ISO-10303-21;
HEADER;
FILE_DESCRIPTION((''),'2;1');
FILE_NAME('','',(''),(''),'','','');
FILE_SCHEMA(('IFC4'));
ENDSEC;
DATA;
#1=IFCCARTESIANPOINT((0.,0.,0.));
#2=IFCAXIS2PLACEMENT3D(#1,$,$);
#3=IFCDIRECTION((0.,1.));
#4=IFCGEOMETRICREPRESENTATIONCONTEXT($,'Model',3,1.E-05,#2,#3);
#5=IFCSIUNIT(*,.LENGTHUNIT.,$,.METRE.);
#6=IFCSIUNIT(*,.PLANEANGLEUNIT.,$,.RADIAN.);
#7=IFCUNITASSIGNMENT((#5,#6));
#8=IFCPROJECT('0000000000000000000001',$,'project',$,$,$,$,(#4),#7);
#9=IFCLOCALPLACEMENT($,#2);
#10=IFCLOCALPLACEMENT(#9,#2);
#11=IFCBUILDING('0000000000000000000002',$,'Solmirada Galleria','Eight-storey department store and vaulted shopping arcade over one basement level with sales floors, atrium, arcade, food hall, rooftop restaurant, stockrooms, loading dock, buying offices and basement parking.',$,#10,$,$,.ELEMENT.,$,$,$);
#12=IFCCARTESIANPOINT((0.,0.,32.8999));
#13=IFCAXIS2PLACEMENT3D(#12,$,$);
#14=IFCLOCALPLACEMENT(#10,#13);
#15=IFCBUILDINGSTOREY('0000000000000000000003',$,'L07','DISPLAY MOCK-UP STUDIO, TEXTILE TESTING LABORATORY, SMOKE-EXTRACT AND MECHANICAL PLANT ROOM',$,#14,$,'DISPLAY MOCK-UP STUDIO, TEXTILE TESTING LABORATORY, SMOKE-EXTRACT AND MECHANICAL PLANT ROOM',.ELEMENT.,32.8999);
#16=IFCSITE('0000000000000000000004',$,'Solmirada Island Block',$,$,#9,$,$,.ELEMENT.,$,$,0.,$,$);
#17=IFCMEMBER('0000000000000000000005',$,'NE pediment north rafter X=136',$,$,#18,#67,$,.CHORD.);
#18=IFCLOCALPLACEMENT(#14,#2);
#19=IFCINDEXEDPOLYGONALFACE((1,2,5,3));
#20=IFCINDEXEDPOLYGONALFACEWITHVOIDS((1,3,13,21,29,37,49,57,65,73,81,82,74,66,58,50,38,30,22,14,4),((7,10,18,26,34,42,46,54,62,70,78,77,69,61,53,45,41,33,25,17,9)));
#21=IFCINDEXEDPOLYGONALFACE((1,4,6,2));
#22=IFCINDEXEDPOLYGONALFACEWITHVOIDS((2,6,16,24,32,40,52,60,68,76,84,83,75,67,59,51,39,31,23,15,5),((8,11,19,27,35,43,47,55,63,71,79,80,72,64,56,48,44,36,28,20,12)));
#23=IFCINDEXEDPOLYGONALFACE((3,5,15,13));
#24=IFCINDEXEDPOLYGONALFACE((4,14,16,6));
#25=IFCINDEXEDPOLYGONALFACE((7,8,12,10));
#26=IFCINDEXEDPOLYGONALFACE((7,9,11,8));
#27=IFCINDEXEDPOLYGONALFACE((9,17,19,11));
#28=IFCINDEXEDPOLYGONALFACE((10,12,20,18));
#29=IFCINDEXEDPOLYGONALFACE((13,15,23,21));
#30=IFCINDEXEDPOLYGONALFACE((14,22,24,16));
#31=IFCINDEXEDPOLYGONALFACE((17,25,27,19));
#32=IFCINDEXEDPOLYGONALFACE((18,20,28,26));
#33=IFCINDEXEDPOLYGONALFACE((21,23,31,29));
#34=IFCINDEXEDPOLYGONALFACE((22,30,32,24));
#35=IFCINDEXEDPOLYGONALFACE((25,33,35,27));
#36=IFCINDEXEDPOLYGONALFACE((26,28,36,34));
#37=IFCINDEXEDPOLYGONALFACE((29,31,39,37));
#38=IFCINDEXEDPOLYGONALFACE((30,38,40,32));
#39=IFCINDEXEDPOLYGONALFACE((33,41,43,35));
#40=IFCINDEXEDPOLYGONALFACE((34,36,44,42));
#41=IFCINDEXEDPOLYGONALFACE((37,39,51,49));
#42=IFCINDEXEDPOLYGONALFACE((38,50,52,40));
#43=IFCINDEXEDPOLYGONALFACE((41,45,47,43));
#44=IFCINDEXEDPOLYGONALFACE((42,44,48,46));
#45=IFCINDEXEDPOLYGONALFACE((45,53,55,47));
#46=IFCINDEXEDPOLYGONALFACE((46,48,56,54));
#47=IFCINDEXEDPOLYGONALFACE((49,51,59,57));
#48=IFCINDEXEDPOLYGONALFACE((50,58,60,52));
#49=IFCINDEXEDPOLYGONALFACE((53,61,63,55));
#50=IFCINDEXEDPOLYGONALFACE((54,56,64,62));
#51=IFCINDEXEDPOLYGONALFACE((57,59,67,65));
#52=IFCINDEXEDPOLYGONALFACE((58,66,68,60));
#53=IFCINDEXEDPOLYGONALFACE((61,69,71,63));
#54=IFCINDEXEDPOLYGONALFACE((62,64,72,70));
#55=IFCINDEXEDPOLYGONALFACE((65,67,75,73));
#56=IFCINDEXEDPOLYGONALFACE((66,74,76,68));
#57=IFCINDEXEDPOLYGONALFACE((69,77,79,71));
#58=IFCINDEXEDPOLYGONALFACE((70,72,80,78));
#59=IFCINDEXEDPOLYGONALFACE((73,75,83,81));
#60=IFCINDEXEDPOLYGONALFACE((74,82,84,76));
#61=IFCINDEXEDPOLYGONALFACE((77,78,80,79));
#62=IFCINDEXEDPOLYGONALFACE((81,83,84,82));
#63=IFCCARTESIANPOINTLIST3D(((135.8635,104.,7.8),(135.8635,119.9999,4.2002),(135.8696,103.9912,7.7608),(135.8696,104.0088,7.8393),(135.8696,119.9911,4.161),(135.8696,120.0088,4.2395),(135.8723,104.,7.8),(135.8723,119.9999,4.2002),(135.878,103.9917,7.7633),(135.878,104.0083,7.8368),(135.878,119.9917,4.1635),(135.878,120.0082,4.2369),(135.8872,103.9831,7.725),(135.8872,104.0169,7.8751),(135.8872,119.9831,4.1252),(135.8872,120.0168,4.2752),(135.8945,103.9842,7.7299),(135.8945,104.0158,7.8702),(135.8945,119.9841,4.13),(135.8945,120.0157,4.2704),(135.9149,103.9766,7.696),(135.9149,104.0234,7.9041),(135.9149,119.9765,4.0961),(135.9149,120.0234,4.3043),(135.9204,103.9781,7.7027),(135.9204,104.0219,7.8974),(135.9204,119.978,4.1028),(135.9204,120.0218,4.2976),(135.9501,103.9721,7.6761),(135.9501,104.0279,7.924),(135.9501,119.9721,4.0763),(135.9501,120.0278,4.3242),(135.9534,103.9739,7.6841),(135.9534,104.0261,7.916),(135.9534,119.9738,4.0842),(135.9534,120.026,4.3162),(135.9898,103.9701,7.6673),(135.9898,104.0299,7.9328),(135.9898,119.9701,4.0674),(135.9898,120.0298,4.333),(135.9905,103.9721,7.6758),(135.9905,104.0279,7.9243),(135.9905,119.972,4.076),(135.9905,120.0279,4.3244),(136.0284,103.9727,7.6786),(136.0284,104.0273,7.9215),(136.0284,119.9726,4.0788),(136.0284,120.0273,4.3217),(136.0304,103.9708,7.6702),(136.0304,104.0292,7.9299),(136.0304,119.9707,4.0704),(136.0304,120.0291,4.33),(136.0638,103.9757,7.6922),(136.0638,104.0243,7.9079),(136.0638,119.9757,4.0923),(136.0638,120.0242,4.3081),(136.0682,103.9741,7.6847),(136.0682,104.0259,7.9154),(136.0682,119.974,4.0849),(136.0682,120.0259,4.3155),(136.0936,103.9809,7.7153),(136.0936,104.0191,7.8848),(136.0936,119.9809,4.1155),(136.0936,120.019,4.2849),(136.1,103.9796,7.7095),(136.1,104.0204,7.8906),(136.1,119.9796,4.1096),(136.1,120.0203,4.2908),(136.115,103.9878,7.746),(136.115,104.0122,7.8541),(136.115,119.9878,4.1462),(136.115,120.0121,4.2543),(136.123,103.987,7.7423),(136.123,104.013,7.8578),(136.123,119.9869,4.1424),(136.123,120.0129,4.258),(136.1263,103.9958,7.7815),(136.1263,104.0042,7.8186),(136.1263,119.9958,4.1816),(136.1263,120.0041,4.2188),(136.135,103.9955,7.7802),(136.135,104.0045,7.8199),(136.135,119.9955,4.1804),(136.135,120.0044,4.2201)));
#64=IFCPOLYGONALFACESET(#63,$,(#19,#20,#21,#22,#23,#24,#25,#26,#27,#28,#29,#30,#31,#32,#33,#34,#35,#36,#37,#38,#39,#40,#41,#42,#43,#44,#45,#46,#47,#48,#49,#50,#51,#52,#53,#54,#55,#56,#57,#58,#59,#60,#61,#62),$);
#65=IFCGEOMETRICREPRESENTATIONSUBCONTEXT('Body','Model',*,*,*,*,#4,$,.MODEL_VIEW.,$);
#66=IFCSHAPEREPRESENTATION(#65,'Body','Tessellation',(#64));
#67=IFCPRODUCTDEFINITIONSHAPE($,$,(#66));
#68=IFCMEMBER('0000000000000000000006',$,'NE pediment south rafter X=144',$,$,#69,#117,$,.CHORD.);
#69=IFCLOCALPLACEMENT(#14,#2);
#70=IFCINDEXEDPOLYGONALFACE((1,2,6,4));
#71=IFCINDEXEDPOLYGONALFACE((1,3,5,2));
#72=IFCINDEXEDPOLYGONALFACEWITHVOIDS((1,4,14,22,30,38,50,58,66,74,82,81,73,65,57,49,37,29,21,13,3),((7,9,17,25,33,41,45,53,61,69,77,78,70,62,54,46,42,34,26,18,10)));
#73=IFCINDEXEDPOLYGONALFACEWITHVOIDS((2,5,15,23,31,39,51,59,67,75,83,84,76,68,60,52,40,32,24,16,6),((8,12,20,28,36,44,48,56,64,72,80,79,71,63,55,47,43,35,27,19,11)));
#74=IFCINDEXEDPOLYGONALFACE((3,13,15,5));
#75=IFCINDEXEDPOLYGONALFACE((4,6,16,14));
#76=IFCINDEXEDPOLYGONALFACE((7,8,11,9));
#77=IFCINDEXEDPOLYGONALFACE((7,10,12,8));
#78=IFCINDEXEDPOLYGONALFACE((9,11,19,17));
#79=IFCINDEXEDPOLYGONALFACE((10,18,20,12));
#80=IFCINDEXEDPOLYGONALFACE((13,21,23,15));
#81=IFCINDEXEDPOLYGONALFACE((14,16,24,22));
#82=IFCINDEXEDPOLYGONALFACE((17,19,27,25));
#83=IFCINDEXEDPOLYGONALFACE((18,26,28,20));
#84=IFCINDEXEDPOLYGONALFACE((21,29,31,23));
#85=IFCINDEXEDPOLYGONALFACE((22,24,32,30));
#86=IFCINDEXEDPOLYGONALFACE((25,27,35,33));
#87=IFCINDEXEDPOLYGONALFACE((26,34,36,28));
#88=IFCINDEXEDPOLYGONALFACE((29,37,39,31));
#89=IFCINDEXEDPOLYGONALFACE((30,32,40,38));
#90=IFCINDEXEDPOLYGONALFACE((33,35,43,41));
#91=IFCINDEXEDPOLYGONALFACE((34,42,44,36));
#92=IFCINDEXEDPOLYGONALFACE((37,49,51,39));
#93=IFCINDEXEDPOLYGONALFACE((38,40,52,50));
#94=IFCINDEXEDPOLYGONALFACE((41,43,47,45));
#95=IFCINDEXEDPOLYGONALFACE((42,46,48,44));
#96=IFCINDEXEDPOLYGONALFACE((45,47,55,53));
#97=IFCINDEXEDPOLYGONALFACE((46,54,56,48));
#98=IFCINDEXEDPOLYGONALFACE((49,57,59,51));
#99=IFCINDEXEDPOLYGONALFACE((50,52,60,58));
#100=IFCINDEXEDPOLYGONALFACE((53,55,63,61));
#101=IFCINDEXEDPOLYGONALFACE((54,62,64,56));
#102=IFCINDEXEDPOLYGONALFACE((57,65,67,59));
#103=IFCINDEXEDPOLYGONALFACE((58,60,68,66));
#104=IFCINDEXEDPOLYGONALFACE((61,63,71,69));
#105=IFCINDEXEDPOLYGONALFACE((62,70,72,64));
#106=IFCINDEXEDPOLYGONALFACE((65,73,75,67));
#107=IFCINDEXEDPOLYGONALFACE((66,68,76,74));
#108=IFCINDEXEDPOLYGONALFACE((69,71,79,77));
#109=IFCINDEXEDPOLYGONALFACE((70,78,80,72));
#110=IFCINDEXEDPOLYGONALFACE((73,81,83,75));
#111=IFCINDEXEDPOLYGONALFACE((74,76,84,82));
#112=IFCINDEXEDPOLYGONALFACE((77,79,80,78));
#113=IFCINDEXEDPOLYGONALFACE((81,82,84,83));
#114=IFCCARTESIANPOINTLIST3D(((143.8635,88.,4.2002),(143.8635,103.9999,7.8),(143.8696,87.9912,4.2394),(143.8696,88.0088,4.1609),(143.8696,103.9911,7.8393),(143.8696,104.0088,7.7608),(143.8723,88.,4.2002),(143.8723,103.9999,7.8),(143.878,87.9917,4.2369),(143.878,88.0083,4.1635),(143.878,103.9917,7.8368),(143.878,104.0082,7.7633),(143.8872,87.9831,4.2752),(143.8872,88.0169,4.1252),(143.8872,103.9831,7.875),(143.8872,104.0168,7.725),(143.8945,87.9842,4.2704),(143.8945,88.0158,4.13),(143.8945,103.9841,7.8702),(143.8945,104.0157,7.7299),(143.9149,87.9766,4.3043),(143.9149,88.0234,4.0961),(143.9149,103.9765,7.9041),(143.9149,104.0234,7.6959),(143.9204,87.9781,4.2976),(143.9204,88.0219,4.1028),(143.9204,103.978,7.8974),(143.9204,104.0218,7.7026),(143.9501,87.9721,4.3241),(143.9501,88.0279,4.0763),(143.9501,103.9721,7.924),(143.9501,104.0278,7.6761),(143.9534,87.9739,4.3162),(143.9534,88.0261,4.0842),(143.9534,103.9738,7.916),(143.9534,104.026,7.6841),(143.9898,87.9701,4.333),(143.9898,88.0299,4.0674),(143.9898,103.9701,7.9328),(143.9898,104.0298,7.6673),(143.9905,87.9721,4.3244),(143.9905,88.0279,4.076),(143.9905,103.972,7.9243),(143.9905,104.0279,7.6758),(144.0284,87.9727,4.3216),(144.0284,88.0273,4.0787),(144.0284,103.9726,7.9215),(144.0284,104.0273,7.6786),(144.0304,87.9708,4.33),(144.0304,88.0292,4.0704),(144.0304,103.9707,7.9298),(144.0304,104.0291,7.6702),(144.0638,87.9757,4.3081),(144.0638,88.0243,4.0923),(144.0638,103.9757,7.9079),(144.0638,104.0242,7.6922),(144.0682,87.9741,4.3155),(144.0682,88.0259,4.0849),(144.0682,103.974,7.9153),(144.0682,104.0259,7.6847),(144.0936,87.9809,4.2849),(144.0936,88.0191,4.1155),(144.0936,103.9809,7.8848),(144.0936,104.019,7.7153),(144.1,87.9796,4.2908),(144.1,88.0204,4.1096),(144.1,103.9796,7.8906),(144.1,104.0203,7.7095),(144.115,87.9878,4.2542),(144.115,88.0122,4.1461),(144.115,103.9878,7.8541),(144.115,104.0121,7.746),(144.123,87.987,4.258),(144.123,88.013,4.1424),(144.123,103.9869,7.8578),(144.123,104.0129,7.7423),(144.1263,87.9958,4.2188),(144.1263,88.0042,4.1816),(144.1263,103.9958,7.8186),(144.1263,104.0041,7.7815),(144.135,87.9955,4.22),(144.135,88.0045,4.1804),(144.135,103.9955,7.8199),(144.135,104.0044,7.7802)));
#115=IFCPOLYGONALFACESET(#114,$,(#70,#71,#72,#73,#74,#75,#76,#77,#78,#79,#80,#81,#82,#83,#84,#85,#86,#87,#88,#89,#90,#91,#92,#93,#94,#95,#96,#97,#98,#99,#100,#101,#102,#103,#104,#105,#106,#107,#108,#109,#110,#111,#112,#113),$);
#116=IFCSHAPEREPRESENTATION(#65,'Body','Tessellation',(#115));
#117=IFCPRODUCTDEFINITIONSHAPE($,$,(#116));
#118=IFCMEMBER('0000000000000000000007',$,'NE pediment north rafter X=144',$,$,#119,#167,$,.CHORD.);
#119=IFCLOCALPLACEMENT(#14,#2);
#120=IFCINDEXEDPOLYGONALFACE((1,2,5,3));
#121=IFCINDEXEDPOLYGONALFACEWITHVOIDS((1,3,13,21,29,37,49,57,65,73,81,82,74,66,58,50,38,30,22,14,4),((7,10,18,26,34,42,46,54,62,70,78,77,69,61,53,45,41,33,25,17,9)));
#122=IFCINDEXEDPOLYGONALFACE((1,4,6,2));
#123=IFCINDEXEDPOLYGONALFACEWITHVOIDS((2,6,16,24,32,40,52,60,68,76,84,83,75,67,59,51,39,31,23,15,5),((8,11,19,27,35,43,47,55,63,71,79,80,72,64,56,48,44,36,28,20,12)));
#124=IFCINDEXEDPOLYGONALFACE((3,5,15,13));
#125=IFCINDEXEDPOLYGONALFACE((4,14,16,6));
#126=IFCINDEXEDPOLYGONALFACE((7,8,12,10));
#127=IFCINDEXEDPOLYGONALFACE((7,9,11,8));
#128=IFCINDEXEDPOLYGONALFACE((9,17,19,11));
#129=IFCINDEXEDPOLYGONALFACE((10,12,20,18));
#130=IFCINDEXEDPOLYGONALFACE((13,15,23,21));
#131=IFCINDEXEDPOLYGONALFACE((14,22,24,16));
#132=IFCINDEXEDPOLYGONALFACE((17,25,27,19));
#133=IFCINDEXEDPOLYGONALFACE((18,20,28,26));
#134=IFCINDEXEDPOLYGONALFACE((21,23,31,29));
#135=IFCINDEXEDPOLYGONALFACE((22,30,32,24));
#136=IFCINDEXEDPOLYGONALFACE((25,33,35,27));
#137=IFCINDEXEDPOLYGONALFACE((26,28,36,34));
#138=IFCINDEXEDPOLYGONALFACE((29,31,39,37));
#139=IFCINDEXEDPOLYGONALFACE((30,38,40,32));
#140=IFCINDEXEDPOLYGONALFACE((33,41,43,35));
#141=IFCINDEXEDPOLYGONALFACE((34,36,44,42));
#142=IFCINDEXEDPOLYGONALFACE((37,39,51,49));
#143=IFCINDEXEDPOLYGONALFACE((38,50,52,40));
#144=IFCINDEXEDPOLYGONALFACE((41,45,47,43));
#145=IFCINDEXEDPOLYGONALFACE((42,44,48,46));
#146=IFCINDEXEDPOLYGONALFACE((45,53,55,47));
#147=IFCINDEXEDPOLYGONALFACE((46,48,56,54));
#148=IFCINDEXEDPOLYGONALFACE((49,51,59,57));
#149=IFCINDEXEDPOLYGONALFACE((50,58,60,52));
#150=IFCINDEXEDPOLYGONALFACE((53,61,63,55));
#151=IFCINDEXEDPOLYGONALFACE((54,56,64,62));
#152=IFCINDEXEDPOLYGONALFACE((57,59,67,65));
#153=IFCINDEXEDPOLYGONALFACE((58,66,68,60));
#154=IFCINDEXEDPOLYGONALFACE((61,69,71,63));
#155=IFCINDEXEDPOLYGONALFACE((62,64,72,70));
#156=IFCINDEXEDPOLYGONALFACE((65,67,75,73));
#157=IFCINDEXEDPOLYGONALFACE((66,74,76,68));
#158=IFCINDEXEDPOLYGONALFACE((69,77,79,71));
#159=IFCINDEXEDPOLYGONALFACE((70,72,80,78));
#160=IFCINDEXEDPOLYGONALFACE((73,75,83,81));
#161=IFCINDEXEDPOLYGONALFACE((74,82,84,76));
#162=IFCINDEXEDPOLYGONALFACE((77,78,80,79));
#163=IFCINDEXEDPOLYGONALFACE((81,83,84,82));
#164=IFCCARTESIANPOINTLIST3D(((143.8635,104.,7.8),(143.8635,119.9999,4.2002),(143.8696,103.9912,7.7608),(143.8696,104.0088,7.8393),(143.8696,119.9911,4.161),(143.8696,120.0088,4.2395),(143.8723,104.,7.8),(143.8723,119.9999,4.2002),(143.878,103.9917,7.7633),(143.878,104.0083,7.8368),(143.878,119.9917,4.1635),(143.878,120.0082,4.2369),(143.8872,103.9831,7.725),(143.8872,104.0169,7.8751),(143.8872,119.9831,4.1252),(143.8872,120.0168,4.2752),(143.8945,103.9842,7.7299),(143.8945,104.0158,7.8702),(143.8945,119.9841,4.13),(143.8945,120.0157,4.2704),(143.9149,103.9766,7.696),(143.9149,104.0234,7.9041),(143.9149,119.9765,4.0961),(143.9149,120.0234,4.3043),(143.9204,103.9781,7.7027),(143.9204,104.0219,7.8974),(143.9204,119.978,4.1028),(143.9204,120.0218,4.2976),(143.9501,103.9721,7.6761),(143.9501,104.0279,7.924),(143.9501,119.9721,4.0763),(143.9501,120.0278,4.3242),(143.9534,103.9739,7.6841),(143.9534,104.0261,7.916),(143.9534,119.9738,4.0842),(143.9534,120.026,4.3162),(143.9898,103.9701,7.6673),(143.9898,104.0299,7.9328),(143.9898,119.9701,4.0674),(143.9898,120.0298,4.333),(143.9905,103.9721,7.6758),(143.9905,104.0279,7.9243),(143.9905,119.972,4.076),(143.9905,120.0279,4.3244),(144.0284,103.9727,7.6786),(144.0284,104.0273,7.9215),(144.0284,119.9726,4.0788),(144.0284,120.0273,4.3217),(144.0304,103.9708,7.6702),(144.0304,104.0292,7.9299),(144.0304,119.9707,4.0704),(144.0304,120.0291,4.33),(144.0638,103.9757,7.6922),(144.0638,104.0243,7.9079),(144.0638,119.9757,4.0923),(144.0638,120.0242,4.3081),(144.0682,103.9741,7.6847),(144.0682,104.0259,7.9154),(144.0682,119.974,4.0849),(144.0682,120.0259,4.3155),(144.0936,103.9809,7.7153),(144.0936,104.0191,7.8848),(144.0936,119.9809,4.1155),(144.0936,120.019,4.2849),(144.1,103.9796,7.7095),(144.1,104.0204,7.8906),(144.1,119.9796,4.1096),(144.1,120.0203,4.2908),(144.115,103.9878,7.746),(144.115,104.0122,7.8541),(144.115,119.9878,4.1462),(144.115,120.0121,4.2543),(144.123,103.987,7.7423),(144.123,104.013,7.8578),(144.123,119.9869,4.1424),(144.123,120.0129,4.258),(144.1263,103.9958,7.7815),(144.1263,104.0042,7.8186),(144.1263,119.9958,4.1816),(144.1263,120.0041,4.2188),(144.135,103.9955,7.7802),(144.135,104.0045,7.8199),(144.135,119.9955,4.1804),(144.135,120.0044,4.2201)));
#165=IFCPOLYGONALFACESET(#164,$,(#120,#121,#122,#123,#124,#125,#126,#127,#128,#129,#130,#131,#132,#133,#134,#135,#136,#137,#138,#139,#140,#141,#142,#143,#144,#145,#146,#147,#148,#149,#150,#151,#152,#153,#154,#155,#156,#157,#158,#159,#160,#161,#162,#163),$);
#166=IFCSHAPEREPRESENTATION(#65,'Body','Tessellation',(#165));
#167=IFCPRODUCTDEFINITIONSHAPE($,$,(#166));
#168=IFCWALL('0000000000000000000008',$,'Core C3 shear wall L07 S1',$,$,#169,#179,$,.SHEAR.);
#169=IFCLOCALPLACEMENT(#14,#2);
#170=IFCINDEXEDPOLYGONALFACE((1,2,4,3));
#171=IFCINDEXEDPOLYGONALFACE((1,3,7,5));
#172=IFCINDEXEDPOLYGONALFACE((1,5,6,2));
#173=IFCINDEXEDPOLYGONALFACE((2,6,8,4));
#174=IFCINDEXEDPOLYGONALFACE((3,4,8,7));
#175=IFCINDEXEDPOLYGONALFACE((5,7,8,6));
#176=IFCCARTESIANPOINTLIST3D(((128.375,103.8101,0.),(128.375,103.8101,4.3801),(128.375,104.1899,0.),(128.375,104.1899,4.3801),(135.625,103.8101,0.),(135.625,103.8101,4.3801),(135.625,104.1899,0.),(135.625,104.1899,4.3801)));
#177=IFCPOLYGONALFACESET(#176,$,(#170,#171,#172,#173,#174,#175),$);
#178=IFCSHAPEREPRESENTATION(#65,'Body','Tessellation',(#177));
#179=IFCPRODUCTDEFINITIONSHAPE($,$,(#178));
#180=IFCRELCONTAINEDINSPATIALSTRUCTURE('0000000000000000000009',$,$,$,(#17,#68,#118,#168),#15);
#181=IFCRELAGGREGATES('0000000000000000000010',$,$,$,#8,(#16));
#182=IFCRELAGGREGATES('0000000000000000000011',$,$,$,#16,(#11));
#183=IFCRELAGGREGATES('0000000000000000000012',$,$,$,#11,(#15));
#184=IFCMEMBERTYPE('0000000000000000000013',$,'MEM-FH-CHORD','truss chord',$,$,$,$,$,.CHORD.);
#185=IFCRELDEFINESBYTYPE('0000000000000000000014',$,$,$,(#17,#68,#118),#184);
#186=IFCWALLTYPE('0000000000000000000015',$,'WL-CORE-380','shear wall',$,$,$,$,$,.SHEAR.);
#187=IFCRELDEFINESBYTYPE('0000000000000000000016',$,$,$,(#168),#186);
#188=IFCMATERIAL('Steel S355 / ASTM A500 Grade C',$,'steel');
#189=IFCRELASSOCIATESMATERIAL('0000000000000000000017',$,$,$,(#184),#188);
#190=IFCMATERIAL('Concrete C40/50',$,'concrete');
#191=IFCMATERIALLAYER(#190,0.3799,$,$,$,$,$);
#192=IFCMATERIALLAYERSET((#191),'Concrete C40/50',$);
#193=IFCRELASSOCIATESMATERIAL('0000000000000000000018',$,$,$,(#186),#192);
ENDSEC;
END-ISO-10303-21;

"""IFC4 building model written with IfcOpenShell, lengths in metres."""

from ifc_helpers import new_model, si_unit, direction, frame, frame_2d, origin, origin_2d, place, context, subcontext, project, spatial, rectangle, hollow_circle, extrude, material, layer, layer_set, material_profile, profile_set, type_object, element, save


model = new_model("IFC4")

# Units and contexts
model_context = context("Model", 3, precision=1e-05, world=origin(), true_north=direction((0.0, 1.0)))
body_context = subcontext(model_context, "Body", "Model", "MODEL_VIEW")
ifc_project = project(units=[si_unit("LENGTHUNIT", "METRE"), si_unit("PLANEANGLEUNIT", "RADIAN")], contexts=[model_context])

# Site, building, storey
site_placement = place(None, origin())
site = spatial("IfcSite", under=ifc_project, at=site_placement, Name="Solmirada Island Block", CompositionType="ELEMENT", RefElevation=0.0)
building_placement = place(site_placement, origin())
building = spatial("IfcBuilding", under=site, at=building_placement, Name="Solmirada Galleria", Description="Eight-storey department store and vaulted shopping arcade over one basement level with sales floors, atrium, arcade, food hall, rooftop restaurant, stockrooms, loading dock, buying offices and basement parking.", CompositionType="ELEMENT")
storey_placement = place(building_placement, frame((0.0, 0.0, 32.8999)))
storey = spatial("IfcBuildingStorey", under=building, at=storey_placement, Name="L07", Description="DISPLAY MOCK-UP STUDIO, TEXTILE TESTING LABORATORY, SMOKE-EXTRACT AND MECHANICAL PLANT ROOM", LongName="DISPLAY MOCK-UP STUDIO, TEXTILE TESTING LABORATORY, SMOKE-EXTRACT AND MECHANICAL PLANT ROOM", CompositionType="ELEMENT", Elevation=32.8999)

# Shared definitions
ifc_material_1 = material(Name="Steel S355 / ASTM A500 Grade C", Category="steel")
ifc_material_2 = material(Name="Concrete C40/50", Category="concrete")

# Members
ifc_material_profile_1 = material_profile(ifc_material_1, hollow_circle(Radius=0.1365, WallThickness=0.0088, at=origin_2d()), Name="HSS10.750X0.375")
ifc_profile_set_1 = profile_set([ifc_material_profile_1], Name="Steel S355 / ASTM A500 Grade C")
member_type_1 = type_object("IfcMemberType", Name="MEM-FH-CHORD", Description="truss chord", PredefinedType="CHORD", material=ifc_profile_set_1)
for number, where, z_axis, x_axis, name in (
    (1, (136.0, 104.0, 7.8), (0.0, 0.975612, -0.219504), (-1.0, 0.0, 0.0), "NE pediment north rafter X=136"),
    (2, (144.0, 88.0, 4.2002), (0.0, 0.975612, 0.219504), (-1.0, 0.0, 0.0), "NE pediment south rafter X=144"),
    (3, (144.0, 104.0, 7.8), (0.0, 0.975612, -0.219504), (-1.0, 0.0, 0.0), "NE pediment north rafter X=144"),
):
    element("IfcMember", number, at=place(storey_placement, frame(where, z_axis=z_axis, x_axis=x_axis)), inside=storey, type_object=member_type_1, Name=name, PredefinedType="CHORD", context=body_context, shape_type="SweptSolid", body=[
        extrude(hollow_circle(Radius=0.1365, WallThickness=0.0088, at=origin_2d()), origin(), (0.0, 0.0, 1.0), 16.3999),
    ])

# Wall
ifc_layer_1 = layer(ifc_material_2, 0.3799)
ifc_layer_set_1 = layer_set([ifc_layer_1], Name="Concrete C40/50")
wall_type_1 = type_object("IfcWallType", Name="WL-CORE-380", Description="shear wall", PredefinedType="SHEAR", material=ifc_layer_set_1)
wall_1_placement = place(storey_placement, frame((128.375, 104.0, 0.0), z_axis=(0.0, 0.0, 1.0), x_axis=(1.0, 0.0, 0.0)))
element("IfcWall", 4, at=wall_1_placement, inside=storey, type_object=wall_type_1, Name="Core C3 shear wall L07 S1", PredefinedType="SHEAR", context=body_context, shape_type="SweptSolid", body=[
    extrude(rectangle(XDim=7.25, YDim=0.3799, at=frame_2d((3.625, 0.0))), origin(), (0.0, 0.0, 1.0), 4.3801),
])

save(model, "model.ifc")
